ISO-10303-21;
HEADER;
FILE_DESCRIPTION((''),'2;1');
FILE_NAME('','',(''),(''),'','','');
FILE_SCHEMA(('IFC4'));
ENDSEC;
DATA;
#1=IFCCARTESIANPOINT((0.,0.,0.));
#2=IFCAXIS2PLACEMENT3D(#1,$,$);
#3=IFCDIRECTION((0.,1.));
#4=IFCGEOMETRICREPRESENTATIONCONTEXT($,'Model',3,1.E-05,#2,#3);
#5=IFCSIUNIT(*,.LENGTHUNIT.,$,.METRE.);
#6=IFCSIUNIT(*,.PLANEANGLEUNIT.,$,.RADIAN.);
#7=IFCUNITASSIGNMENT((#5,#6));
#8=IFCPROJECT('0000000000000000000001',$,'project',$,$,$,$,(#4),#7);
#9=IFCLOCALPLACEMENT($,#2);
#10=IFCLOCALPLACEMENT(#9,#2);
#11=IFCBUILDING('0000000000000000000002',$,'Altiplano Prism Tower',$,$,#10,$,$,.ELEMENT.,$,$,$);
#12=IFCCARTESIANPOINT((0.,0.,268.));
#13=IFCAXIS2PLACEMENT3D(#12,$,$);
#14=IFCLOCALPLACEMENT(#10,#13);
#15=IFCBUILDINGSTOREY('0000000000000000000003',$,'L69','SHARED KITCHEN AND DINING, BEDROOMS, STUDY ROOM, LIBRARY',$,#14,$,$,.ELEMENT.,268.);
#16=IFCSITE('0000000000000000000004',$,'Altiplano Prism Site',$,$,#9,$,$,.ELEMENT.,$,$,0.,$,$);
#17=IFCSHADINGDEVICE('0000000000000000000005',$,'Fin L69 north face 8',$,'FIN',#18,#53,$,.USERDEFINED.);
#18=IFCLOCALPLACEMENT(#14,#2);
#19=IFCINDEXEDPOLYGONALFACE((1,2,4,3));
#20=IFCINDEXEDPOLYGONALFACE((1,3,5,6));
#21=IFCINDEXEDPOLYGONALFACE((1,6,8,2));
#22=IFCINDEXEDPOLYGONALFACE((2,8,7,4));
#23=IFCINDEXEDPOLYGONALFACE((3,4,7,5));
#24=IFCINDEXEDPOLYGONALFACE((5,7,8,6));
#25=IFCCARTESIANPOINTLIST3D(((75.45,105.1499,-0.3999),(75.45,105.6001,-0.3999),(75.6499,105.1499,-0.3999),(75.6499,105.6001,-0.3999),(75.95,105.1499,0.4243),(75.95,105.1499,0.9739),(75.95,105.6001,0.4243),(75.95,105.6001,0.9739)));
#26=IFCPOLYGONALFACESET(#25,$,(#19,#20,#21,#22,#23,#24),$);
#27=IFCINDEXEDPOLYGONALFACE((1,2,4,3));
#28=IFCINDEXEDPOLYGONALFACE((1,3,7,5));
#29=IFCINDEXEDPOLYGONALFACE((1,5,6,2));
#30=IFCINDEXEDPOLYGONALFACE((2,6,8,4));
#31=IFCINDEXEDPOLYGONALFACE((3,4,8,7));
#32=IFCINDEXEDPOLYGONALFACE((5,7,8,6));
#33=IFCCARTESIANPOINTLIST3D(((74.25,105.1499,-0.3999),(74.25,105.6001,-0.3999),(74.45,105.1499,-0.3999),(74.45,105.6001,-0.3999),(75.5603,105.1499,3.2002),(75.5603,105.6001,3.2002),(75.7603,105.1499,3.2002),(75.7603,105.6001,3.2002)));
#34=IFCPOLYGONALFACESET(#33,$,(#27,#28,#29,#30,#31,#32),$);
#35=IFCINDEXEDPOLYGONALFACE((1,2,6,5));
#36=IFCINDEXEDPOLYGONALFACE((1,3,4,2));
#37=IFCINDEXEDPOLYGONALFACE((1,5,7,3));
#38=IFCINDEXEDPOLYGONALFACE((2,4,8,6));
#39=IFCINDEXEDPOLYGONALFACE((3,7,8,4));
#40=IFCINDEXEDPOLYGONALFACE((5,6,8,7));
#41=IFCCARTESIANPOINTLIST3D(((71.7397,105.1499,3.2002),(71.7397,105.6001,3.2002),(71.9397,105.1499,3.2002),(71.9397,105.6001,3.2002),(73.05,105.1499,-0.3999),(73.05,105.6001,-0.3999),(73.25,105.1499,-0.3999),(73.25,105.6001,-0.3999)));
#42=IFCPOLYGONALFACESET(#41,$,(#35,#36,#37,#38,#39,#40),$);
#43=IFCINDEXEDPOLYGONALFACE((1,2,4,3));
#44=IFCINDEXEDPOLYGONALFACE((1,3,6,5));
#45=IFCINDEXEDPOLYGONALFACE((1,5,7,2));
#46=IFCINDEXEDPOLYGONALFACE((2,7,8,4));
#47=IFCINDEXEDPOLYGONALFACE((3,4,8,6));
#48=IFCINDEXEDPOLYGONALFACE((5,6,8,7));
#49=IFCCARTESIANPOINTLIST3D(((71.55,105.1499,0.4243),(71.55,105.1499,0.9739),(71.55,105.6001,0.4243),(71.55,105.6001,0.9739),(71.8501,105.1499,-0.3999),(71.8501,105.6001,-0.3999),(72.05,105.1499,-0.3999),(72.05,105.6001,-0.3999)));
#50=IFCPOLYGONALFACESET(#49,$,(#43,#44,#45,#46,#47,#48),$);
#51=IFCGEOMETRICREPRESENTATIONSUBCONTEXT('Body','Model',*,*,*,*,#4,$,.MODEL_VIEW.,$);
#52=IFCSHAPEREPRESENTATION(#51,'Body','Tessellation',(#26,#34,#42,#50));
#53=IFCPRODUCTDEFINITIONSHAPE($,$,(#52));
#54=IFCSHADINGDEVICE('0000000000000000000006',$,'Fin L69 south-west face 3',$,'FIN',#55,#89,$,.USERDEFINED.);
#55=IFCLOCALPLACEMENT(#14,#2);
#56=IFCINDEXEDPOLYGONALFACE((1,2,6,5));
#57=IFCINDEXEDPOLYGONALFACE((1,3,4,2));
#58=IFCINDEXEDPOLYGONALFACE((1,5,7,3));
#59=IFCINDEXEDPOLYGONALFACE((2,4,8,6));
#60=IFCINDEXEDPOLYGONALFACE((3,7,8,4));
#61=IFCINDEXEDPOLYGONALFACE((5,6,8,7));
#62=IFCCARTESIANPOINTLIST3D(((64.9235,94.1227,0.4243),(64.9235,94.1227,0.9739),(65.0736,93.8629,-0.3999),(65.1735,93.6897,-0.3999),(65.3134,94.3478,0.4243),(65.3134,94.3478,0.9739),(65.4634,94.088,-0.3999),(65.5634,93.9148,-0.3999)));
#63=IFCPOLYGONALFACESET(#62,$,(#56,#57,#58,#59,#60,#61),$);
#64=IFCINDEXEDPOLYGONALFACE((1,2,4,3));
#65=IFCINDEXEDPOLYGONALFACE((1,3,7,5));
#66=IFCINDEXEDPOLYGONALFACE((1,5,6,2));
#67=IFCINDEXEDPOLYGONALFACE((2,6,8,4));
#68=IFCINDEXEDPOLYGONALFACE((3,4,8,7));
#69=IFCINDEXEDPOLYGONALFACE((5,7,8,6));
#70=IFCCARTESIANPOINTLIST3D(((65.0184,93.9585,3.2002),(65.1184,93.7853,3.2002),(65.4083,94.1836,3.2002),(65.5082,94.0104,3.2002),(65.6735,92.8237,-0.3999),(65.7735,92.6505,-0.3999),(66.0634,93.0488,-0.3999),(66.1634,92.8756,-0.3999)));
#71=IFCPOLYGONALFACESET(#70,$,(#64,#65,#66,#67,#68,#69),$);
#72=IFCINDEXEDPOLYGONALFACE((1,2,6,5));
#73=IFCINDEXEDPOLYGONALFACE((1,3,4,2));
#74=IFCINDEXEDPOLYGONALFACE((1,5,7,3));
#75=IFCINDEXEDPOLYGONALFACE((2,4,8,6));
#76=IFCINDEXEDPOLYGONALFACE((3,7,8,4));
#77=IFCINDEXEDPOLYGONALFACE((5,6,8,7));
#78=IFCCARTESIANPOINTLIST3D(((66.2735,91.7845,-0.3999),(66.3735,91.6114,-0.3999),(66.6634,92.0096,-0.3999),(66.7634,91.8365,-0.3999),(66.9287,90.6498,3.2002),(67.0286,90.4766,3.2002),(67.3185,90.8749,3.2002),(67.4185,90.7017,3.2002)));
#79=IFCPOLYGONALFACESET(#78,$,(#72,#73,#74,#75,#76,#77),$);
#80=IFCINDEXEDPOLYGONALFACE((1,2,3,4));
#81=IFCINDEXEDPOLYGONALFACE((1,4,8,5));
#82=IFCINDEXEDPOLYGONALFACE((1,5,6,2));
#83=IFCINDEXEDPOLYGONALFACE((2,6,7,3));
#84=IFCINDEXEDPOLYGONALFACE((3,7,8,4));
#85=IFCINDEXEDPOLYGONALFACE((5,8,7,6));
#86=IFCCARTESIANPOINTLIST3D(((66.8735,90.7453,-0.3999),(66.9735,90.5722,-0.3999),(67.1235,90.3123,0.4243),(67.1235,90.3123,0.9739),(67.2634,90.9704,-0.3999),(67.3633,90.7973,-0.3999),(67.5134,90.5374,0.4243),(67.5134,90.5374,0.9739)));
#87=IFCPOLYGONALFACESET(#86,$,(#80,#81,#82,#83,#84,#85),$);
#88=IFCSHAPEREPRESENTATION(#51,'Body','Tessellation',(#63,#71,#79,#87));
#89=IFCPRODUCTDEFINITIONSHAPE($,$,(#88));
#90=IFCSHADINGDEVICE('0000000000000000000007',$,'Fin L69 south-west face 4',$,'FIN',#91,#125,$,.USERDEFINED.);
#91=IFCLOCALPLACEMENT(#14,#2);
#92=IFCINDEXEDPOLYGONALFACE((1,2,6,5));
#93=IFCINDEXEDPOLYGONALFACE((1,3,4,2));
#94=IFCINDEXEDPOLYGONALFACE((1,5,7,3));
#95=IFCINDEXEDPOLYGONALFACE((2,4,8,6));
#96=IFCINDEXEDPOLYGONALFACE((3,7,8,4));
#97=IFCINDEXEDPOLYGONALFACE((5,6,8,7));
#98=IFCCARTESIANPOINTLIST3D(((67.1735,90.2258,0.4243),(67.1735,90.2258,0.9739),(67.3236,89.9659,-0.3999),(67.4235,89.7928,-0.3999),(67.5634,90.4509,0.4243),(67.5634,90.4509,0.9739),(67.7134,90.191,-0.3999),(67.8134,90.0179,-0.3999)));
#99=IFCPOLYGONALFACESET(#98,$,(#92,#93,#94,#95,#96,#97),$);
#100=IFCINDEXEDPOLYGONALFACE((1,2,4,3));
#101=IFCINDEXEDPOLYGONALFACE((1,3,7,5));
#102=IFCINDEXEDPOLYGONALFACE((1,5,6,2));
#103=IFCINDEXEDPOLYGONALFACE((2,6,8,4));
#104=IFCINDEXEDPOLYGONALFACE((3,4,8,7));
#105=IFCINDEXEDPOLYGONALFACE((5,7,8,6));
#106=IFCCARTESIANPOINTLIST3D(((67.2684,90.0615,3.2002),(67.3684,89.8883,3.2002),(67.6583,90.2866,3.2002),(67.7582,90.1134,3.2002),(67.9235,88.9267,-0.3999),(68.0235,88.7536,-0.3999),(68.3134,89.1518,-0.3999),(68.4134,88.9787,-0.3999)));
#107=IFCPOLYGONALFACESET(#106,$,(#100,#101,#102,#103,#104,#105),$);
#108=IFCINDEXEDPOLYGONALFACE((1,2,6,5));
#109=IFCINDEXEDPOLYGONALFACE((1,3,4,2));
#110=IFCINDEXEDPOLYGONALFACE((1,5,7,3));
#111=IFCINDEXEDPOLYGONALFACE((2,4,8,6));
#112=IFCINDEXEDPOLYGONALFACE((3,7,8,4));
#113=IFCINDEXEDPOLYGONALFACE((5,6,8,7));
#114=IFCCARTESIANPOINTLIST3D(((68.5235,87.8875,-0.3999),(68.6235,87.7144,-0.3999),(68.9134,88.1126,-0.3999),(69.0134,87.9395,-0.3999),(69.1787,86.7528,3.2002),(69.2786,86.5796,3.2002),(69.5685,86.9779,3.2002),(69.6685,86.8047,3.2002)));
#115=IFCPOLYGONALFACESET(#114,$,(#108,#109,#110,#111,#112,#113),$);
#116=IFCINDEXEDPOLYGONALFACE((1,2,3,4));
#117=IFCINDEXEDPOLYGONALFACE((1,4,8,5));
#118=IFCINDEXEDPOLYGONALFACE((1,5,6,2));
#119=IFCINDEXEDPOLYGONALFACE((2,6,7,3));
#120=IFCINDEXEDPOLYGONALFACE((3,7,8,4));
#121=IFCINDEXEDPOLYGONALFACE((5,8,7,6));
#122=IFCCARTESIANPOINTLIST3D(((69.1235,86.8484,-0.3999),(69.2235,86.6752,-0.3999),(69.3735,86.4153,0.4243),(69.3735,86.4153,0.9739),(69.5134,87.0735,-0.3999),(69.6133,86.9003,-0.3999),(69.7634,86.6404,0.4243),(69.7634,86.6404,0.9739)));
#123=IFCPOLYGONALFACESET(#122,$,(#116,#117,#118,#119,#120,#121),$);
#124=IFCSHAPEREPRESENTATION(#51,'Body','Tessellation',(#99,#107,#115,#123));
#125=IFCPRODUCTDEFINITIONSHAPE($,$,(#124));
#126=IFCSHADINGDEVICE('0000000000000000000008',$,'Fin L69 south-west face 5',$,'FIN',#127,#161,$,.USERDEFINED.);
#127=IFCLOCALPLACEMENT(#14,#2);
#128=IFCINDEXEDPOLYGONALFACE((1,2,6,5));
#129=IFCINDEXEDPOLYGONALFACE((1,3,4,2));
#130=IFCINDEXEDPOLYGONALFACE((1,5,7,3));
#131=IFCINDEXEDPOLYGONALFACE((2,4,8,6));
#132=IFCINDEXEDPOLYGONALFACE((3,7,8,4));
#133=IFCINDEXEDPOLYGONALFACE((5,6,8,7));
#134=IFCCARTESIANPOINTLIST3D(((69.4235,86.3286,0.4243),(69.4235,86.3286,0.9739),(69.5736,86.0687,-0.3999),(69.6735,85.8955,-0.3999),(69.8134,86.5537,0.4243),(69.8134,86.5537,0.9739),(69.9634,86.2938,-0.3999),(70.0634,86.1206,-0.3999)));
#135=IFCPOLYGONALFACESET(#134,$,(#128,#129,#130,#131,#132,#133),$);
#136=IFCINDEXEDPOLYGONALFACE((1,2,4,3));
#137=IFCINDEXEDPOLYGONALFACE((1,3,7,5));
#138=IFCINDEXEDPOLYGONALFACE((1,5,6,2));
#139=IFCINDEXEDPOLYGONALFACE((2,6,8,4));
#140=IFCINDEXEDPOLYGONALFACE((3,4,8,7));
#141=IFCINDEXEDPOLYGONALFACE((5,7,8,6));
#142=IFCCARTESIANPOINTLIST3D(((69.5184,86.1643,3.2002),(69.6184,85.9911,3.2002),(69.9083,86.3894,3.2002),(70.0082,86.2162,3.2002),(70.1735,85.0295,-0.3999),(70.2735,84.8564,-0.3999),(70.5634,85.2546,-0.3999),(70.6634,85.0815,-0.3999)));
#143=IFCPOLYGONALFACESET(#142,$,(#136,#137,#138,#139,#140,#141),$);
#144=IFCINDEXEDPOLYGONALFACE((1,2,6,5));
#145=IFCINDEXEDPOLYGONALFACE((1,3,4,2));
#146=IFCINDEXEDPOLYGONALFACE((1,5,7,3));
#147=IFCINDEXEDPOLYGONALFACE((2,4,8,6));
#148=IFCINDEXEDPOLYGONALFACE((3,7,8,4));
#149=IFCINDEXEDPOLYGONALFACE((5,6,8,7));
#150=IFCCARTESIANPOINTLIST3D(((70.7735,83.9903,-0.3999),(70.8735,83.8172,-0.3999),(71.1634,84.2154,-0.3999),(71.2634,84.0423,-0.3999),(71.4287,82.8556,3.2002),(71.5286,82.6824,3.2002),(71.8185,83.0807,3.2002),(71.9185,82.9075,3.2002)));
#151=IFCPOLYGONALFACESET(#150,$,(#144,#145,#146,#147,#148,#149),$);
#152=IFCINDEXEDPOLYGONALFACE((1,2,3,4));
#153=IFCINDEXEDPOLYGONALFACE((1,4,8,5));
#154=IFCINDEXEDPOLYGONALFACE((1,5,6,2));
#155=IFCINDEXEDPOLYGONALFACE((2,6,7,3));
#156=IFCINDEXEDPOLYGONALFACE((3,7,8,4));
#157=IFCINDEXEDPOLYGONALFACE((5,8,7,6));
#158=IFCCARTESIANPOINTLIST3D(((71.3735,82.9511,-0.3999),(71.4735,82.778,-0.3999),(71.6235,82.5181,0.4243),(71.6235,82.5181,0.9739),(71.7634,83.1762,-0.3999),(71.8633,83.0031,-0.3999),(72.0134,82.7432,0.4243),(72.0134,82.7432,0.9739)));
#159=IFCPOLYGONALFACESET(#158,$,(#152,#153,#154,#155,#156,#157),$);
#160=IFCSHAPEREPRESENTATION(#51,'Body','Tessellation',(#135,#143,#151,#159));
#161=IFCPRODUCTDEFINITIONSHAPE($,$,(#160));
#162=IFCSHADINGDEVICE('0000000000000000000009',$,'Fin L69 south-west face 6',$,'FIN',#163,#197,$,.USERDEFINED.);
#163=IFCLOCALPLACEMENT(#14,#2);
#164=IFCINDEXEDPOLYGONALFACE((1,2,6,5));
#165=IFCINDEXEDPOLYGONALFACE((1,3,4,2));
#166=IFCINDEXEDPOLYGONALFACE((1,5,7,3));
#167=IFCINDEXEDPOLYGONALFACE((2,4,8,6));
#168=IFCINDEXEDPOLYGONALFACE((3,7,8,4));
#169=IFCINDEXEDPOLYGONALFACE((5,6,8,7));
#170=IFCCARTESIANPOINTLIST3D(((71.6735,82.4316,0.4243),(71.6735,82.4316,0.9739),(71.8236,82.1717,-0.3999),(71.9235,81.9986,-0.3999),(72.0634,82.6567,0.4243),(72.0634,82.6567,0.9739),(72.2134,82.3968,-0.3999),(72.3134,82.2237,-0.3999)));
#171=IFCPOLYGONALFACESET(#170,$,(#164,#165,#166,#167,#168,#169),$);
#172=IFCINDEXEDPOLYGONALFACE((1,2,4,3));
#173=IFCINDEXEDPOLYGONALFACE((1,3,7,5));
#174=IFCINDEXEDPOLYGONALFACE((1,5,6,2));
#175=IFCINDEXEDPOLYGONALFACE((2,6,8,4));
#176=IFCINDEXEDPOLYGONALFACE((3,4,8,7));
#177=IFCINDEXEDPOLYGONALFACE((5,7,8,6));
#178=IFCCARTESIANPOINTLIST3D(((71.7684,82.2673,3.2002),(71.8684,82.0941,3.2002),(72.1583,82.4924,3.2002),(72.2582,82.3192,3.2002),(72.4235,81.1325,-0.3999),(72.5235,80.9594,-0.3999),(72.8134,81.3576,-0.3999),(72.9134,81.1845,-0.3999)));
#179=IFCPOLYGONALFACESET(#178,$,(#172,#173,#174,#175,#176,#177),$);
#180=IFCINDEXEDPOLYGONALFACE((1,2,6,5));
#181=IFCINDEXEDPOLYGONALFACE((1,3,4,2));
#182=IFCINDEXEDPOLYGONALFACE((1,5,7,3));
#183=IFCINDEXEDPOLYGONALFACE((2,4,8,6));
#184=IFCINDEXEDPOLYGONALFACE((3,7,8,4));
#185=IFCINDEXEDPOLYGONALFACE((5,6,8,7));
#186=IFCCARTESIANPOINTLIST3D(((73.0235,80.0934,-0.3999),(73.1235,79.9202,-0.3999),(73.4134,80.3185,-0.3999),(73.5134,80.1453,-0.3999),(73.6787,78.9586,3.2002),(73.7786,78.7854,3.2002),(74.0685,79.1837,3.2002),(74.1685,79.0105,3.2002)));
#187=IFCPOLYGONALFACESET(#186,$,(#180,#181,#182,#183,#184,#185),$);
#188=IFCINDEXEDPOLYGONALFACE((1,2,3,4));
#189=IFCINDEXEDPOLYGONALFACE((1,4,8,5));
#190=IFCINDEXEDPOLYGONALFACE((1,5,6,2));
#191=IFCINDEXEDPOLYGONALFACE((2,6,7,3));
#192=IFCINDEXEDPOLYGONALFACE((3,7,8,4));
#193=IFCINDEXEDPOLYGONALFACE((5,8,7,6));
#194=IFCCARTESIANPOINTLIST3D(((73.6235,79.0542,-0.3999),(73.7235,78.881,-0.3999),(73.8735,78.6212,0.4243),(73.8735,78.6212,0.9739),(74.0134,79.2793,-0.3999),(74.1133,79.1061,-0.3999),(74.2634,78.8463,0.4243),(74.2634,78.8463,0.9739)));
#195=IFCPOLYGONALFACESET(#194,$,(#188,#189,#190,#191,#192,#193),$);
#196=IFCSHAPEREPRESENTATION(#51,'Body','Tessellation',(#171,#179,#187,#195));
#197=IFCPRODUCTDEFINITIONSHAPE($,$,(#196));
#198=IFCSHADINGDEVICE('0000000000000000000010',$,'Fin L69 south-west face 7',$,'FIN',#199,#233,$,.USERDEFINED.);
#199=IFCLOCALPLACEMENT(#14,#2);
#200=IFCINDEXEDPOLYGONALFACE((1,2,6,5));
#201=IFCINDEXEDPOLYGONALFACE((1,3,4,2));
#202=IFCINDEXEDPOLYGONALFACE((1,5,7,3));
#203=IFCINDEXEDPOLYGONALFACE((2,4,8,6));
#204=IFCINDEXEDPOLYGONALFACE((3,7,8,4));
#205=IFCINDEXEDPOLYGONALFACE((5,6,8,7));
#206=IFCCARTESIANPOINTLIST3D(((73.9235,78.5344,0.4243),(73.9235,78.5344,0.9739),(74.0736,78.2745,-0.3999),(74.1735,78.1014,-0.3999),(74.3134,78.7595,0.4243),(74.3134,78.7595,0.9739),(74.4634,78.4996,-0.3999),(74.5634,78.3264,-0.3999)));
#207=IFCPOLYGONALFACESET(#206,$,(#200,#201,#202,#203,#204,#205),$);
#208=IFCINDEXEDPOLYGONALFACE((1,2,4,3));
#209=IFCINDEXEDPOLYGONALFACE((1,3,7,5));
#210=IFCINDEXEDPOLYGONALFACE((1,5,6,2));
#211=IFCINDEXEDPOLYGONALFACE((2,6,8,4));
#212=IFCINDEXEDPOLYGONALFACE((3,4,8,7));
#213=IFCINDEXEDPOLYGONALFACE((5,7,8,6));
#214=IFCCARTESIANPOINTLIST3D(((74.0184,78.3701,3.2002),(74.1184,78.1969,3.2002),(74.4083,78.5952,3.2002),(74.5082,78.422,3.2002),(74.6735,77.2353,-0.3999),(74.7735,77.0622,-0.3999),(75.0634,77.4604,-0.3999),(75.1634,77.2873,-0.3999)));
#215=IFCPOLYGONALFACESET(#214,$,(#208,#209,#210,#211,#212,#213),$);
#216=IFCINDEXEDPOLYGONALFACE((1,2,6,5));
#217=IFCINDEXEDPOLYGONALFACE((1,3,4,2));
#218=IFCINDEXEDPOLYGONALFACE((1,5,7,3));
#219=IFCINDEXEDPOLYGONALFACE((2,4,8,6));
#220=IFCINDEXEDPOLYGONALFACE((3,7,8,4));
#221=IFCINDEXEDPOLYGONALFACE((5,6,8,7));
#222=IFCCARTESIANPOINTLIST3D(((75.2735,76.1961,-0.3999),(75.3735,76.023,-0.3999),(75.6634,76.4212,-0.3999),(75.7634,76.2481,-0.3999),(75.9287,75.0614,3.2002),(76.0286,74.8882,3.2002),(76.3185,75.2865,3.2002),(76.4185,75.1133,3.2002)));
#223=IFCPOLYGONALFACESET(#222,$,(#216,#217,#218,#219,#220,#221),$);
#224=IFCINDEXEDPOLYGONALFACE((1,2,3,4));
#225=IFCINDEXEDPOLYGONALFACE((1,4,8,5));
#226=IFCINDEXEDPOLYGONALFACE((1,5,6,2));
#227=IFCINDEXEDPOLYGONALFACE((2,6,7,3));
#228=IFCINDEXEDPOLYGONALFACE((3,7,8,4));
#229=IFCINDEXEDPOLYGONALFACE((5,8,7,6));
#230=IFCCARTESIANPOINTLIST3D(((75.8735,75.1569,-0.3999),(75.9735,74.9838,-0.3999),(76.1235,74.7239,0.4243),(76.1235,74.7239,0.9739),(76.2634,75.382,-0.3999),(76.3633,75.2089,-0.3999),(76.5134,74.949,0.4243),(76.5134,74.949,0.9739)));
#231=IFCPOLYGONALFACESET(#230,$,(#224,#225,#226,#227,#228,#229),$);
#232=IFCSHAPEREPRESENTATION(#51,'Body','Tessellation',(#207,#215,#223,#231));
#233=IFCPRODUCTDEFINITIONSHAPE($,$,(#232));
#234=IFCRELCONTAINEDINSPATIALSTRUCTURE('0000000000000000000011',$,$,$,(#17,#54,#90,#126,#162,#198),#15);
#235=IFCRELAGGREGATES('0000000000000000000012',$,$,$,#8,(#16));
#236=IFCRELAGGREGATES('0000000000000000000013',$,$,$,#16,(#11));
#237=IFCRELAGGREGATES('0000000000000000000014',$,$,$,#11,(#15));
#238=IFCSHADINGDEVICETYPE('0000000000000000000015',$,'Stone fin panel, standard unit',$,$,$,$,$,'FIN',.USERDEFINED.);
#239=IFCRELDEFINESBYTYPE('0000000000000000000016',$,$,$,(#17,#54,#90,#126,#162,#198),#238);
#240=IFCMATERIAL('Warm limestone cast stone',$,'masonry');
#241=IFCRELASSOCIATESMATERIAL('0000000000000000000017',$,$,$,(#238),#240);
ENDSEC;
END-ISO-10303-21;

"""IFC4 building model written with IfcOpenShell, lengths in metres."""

from ifc_helpers import new_model, si_unit, direction, frame, origin, place, context, subcontext, project, spatial, polyline, outline, extrude, source, transform, mapped, material, type_object, element, save


model = new_model("IFC4")

# Units and contexts
model_context = context("Model", 3, precision=1e-05, world=origin(), true_north=direction((0.0, 1.0)))
body_context = subcontext(model_context, "Body", "Model", "MODEL_VIEW")
ifc_project = project(units=[si_unit("LENGTHUNIT", "METRE"), si_unit("PLANEANGLEUNIT", "RADIAN")], contexts=[model_context])

# Site, building, storey
site_placement = place(None, origin())
site = spatial("IfcSite", under=ifc_project, at=site_placement, Name="Altiplano Prism Site", CompositionType="ELEMENT", RefElevation=0.0)
building_placement = place(site_placement, origin())
building = spatial("IfcBuilding", under=site, at=building_placement, Name="Altiplano Prism Tower", CompositionType="ELEMENT")
storey_placement = place(building_placement, frame((0.0, 0.0, 268.0)))
storey = spatial("IfcBuildingStorey", under=building, at=storey_placement, Name="L69", Description="SHARED KITCHEN AND DINING, BEDROOMS, STUDY ROOM, LIBRARY", CompositionType="ELEMENT", Elevation=268.0)

# Shading devices
ifc_material_1 = material(Name="Warm limestone cast stone", Category="masonry")
shading_device_type_1 = type_object("IfcShadingDeviceType", Name="Stone fin panel, standard unit", ElementType="FIN", PredefinedType="USERDEFINED", material=ifc_material_1)
shared_shape_1 = source(origin(), body_context, "Body", "SweptSolid", [
    extrude(outline(polyline([(-2.2, 1.3738), (-2.2, 0.8242), (-1.8999, 0.0), (-1.7, 0.0), (-2.2, 1.3738)])), frame((0.0, -0.1499, 0.0), z_axis=(0.0, -1.0, 0.0), x_axis=(1.0, 0.0, 0.0)), (0.0, 0.0, 1.0), 0.4502),
    extrude(outline(polyline([(-2.0103, 3.6001), (-0.7, 0.0), (-0.5, 0.0), (-1.8103, 3.6001), (-2.0103, 3.6001)])), frame((0.0, -0.1499, 0.0), z_axis=(0.0, -1.0, 0.0), x_axis=(1.0, 0.0, 0.0)), (0.0, 0.0, 1.0), 0.4502),
    extrude(outline(polyline([(1.8103, 3.6001), (0.5, 0.0), (0.7, 0.0), (2.0103, 3.6001), (1.8103, 3.6001)])), frame((0.0, -0.1499, 0.0), z_axis=(0.0, -1.0, 0.0), x_axis=(1.0, 0.0, 0.0)), (0.0, 0.0, 1.0), 0.4502),
    extrude(outline(polyline([(2.2, 0.8242), (2.2, 1.3738), (1.7, 0.0), (1.8999, 0.0), (2.2, 0.8242)])), frame((0.0, -0.1499, 0.0), z_axis=(0.0, -1.0, 0.0), x_axis=(1.0, 0.0, 0.0)), (0.0, 0.0, 1.0), 0.4502),
])
shading_device_1_placement = place(storey_placement, origin())
element("IfcShadingDevice", 1, at=shading_device_1_placement, inside=storey, type_object=shading_device_type_1, Name="Fin L69 north face 8", ObjectType="FIN", PredefinedType="USERDEFINED", context=body_context, shape_type="MappedRepresentation", body=[
    mapped(shared_shape_1, transform((73.75, 105.0, -0.3999), x_axis=(-1.0, 0.0, 0.0), y_axis=(0.0, -1.0, 0.0), z_axis=(0.0, 0.0, 1.0))),
])
shading_device_2_placement = place(storey_placement, origin())
element("IfcShadingDevice", 2, at=shading_device_2_placement, inside=storey, type_object=shading_device_type_1, Name="Fin L69 south-west face 3", ObjectType="FIN", PredefinedType="USERDEFINED", context=body_context, shape_type="MappedRepresentation", body=[
    mapped(shared_shape_1, transform((66.5432, 92.5176, -0.3999), x_axis=(0.5, -0.866025, 0.0), y_axis=(0.866025, 0.5, 0.0), z_axis=(0.0, 0.0, 1.0))),
])
shading_device_3_placement = place(storey_placement, origin())
element("IfcShadingDevice", 3, at=shading_device_3_placement, inside=storey, type_object=shading_device_type_1, Name="Fin L69 south-west face 4", ObjectType="FIN", PredefinedType="USERDEFINED", context=body_context, shape_type="MappedRepresentation", body=[
    mapped(shared_shape_1, transform((68.7932, 88.6206, -0.3999), x_axis=(0.5, -0.866025, 0.0), y_axis=(0.866025, 0.5, 0.0), z_axis=(0.0, 0.0, 1.0))),
])
shading_device_4_placement = place(storey_placement, origin())
element("IfcShadingDevice", 4, at=shading_device_4_placement, inside=storey, type_object=shading_device_type_1, Name="Fin L69 south-west face 5", ObjectType="FIN", PredefinedType="USERDEFINED", context=body_context, shape_type="MappedRepresentation", body=[
    mapped(shared_shape_1, transform((71.0432, 84.7234, -0.3999), x_axis=(0.5, -0.866025, 0.0), y_axis=(0.866025, 0.5, 0.0), z_axis=(0.0, 0.0, 1.0))),
])
shading_device_5_placement = place(storey_placement, origin())
element("IfcShadingDevice", 5, at=shading_device_5_placement, inside=storey, type_object=shading_device_type_1, Name="Fin L69 south-west face 6", ObjectType="FIN", PredefinedType="USERDEFINED", context=body_context, shape_type="MappedRepresentation", body=[
    mapped(shared_shape_1, transform((73.2932, 80.8264, -0.3999), x_axis=(0.5, -0.866025, 0.0), y_axis=(0.866025, 0.5, 0.0), z_axis=(0.0, 0.0, 1.0))),
])
shading_device_6_placement = place(storey_placement, origin())
element("IfcShadingDevice", 6, at=shading_device_6_placement, inside=storey, type_object=shading_device_type_1, Name="Fin L69 south-west face 7", ObjectType="FIN", PredefinedType="USERDEFINED", context=body_context, shape_type="MappedRepresentation", body=[
    mapped(shared_shape_1, transform((75.5432, 76.9292, -0.3999), x_axis=(0.5, -0.866025, 0.0), y_axis=(0.866025, 0.5, 0.0), z_axis=(0.0, 0.0, 1.0))),
])

save(model, "model.ifc")
